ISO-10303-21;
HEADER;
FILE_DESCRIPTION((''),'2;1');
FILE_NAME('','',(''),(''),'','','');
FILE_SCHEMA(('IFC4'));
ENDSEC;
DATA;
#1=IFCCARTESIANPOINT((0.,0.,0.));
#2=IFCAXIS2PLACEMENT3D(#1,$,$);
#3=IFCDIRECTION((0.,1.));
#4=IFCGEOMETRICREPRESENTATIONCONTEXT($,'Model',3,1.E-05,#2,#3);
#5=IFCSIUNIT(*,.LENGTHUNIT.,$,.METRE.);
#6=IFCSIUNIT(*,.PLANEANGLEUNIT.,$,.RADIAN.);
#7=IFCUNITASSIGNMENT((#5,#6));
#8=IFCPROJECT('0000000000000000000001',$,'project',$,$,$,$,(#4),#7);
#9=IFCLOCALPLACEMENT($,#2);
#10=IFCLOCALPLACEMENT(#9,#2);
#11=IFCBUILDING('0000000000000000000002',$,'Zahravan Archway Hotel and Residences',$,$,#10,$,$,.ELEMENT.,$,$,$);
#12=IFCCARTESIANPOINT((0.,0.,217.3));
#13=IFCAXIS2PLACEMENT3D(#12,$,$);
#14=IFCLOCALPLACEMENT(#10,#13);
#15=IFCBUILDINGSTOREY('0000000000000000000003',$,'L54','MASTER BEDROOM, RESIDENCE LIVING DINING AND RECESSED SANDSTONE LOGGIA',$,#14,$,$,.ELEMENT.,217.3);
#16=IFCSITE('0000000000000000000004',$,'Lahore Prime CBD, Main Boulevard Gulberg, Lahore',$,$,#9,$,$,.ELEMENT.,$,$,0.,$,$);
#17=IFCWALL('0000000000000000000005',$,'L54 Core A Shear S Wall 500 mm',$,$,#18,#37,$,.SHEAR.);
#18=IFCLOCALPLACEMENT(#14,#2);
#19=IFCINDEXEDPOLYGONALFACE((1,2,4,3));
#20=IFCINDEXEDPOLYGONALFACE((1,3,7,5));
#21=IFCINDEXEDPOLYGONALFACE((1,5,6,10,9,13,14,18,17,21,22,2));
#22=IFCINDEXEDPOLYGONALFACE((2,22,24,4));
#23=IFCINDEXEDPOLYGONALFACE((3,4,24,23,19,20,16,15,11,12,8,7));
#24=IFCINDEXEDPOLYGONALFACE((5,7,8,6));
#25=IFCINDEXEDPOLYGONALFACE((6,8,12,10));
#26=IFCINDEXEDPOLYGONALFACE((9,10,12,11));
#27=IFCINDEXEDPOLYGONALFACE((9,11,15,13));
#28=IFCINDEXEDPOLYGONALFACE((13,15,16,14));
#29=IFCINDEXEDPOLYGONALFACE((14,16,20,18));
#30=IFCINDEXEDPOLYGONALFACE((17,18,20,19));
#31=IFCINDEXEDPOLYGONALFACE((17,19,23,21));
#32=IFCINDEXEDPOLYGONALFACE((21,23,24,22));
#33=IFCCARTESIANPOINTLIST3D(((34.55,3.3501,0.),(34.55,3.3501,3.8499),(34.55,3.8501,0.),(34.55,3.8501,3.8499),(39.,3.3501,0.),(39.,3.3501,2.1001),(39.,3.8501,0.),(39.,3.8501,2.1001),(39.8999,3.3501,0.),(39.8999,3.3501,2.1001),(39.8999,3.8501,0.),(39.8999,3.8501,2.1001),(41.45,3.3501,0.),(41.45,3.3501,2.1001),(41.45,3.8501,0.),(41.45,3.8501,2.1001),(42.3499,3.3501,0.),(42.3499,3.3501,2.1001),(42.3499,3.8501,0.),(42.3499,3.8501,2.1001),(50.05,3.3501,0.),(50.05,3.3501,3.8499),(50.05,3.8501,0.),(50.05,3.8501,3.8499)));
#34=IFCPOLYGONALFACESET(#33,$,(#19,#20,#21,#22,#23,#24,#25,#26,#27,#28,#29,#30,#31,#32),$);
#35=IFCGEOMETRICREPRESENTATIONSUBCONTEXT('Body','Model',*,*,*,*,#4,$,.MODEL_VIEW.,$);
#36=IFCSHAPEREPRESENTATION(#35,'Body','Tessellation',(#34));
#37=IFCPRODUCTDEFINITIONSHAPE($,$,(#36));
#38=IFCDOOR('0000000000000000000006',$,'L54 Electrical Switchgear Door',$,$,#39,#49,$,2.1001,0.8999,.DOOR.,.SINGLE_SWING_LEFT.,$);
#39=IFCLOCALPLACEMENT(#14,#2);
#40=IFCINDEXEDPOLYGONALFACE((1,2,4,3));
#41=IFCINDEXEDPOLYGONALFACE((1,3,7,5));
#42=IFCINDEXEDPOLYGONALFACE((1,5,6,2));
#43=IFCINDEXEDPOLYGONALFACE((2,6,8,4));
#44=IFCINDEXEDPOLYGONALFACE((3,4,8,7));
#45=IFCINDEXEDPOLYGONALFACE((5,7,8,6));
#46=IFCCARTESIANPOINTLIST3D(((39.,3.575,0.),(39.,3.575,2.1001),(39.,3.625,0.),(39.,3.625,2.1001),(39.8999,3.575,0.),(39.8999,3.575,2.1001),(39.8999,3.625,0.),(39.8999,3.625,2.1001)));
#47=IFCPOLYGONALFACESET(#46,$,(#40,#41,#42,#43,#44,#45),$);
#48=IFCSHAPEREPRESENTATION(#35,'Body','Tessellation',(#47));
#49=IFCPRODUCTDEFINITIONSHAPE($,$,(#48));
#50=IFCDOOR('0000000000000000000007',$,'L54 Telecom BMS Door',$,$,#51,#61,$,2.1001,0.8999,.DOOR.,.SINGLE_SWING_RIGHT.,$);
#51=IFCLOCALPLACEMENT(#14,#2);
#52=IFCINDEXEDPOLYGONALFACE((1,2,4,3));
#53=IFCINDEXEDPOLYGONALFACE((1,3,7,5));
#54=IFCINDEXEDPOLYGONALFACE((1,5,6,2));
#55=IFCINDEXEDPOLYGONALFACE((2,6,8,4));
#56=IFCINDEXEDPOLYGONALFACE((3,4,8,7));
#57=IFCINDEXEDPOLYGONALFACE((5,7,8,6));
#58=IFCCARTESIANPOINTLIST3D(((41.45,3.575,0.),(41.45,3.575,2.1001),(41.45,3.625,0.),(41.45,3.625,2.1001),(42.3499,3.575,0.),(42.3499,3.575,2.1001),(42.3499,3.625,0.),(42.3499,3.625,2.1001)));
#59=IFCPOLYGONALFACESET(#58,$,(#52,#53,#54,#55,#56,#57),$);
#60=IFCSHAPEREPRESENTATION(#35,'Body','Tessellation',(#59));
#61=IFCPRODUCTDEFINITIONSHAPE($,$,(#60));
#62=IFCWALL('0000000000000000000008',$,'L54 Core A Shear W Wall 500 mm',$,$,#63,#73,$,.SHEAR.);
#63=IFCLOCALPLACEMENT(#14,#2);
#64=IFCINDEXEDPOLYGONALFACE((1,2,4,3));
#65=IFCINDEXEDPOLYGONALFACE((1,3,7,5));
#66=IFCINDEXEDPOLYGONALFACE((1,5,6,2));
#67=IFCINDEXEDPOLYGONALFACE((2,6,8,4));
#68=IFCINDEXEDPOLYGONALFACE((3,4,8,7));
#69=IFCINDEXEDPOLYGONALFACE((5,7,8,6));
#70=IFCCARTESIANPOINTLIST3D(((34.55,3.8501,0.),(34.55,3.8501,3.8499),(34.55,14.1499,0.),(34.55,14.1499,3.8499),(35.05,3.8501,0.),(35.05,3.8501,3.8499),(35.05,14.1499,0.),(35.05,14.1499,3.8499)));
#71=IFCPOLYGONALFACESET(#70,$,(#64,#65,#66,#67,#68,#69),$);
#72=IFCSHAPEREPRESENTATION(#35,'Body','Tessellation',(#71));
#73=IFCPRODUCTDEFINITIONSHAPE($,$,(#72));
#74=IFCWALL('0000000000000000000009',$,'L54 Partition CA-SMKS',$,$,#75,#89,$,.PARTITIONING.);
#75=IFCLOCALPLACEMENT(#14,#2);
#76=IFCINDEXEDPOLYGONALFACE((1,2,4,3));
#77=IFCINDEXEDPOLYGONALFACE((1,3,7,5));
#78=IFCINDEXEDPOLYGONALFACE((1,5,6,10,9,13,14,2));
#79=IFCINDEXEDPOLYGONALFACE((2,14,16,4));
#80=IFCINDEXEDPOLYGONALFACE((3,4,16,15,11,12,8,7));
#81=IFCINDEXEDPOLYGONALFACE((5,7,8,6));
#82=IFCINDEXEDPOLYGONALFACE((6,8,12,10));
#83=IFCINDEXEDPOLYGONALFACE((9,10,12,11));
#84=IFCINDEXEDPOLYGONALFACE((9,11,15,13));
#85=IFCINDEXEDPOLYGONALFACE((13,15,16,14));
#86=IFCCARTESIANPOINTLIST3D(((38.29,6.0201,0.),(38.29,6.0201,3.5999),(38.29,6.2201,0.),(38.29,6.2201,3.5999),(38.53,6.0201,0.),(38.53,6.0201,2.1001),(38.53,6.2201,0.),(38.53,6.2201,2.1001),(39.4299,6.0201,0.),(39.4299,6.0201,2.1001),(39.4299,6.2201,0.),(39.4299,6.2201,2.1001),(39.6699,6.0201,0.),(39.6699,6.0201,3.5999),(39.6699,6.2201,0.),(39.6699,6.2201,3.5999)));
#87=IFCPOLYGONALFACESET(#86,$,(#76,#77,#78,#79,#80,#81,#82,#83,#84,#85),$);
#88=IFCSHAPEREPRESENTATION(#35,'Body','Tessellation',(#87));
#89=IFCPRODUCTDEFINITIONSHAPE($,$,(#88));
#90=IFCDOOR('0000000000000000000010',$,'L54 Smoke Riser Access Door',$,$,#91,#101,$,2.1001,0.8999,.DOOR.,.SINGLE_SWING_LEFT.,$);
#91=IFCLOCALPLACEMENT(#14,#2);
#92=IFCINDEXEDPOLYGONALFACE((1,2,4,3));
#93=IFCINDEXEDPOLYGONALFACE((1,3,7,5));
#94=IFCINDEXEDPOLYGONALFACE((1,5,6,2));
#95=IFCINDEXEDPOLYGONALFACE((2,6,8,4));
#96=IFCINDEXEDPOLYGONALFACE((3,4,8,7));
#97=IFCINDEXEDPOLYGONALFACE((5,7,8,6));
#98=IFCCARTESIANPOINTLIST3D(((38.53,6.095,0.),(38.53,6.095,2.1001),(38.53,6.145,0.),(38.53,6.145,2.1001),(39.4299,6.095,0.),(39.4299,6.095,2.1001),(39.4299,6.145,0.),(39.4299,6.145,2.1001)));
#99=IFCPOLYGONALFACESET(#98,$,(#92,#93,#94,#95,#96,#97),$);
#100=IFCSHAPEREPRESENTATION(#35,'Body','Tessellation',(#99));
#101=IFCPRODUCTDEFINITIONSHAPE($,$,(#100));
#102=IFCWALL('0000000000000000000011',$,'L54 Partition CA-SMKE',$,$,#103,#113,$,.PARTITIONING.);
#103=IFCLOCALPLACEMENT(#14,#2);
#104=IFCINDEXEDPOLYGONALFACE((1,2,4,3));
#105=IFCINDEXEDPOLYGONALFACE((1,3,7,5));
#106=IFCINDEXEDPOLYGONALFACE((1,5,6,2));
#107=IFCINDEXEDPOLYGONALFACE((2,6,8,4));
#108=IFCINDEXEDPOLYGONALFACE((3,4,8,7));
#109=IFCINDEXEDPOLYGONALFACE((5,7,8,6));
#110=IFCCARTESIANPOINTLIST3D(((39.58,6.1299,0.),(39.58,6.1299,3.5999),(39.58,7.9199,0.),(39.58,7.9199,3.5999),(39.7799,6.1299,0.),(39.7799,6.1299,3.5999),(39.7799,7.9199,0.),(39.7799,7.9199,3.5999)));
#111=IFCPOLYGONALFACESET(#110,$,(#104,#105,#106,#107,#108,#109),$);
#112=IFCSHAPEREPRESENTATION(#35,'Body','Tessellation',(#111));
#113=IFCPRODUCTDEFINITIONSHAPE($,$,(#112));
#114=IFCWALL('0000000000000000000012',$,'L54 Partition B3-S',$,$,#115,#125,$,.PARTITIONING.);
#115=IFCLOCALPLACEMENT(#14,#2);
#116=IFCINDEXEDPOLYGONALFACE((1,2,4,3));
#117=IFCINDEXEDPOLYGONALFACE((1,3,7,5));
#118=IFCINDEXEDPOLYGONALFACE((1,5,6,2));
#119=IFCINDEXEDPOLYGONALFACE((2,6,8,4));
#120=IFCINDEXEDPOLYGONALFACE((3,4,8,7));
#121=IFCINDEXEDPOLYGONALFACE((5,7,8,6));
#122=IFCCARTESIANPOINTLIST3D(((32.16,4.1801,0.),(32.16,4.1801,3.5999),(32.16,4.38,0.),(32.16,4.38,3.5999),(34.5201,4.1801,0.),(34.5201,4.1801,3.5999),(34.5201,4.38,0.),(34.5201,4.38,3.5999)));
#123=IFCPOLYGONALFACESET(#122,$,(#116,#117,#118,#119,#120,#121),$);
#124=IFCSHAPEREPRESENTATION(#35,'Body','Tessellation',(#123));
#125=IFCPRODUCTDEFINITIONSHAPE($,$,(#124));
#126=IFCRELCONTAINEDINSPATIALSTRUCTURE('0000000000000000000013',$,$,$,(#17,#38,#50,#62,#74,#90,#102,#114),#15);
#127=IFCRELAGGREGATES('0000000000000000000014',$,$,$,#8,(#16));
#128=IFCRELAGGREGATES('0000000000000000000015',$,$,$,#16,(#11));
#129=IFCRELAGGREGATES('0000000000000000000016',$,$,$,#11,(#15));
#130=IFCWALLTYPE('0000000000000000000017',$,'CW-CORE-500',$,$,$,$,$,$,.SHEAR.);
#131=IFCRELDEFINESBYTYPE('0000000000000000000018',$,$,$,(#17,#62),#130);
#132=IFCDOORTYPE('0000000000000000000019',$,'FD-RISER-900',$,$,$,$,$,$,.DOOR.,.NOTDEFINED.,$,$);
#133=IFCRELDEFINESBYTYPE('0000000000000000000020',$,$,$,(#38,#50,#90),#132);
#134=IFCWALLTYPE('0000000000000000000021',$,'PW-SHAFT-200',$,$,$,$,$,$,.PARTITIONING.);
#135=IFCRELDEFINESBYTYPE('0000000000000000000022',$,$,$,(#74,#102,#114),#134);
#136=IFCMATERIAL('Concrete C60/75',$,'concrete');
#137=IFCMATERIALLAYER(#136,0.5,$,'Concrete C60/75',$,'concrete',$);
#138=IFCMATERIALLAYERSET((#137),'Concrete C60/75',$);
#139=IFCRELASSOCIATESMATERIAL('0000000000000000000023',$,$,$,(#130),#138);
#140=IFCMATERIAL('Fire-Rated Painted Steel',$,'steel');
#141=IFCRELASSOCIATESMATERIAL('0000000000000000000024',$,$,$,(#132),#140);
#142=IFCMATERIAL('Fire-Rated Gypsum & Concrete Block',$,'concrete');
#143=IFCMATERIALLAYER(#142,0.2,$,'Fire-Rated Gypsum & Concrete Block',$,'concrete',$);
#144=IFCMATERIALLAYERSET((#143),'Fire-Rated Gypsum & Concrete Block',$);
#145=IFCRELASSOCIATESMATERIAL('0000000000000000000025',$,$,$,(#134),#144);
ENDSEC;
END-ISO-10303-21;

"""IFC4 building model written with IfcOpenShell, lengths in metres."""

from ifc_helpers import new_model, si_unit, direction, frame, frame_2d, origin, place, context, subcontext, project, spatial, rectangle, extrude, source, transform, mapped, material, layer, layer_set, type_object, type_shapes, element, fill, save


model = new_model("IFC4")

# Units and contexts
model_context = context("Model", 3, precision=1e-05, world=origin(), true_north=direction((0.0, 1.0)))
body_context = subcontext(model_context, "Body", "Model", "MODEL_VIEW")
ifc_project = project(units=[si_unit("LENGTHUNIT", "METRE"), si_unit("PLANEANGLEUNIT", "RADIAN")], contexts=[model_context])

# Site, building, storey
site_placement = place(None, origin())
site = spatial("IfcSite", under=ifc_project, at=site_placement, Name="Lahore Prime CBD, Main Boulevard Gulberg, Lahore", CompositionType="ELEMENT", RefElevation=0.0)
building_placement = place(site_placement, origin())
building = spatial("IfcBuilding", under=site, at=building_placement, Name="Zahravan Archway Hotel and Residences", CompositionType="ELEMENT")
storey_placement = place(building_placement, frame((0.0, 0.0, 217.3)))
storey = spatial("IfcBuildingStorey", under=building, at=storey_placement, Name="L54", Description="MASTER BEDROOM, RESIDENCE LIVING DINING AND RECESSED SANDSTONE LOGGIA", CompositionType="ELEMENT", Elevation=217.3)

# Shared definitions
ifc_material_1 = material(Name="Concrete C60/75", Category="concrete")

# Wall, openings, doors
ifc_layer_1 = layer(ifc_material_1, 0.5, Name="Concrete C60/75", Category="concrete")
ifc_layer_set_1 = layer_set([ifc_layer_1], Name="Concrete C60/75")
wall_type_1 = type_object("IfcWallType", Name="CW-CORE-500", PredefinedType="SHEAR", material=ifc_layer_set_1)
wall_1_placement = place(storey_placement, frame((34.55, 3.6001, 0.0), z_axis=(0.0, 0.0, 1.0), x_axis=(1.0, 0.0, 0.0)))
wall_1 = element("IfcWall", 1, at=wall_1_placement, inside=storey, type_object=wall_type_1, Name="L54 Core A Shear S Wall 500 mm", PredefinedType="SHEAR", context=body_context, shape_type="SweptSolid", body=[
    extrude(rectangle(XDim=15.5, YDim=0.5, at=frame_2d((7.75, 0.0))), origin(), (0.0, 0.0, 1.0), 3.8499),
])
opening_1_placement = place(wall_1_placement, frame((4.45, 0.0, 0.0)))
opening_1 = element("IfcOpeningElement", 2, at=opening_1_placement, cuts=wall_1, PredefinedType="OPENING", context=body_context, shape_type="SweptSolid", body=[
    extrude(rectangle(XDim=0.8999, YDim=2.1001, at=frame_2d((0.45, 1.05))), frame((0.0, 0.26, 0.0), z_axis=(0.0, -1.0, 0.0), x_axis=(1.0, 0.0, 0.0)), (0.0, 0.0, 1.0), 0.52),
])
opening_2_placement = place(wall_1_placement, frame((6.8999, 0.0, 0.0)))
opening_2 = element("IfcOpeningElement", 3, at=opening_2_placement, cuts=wall_1, PredefinedType="OPENING", context=body_context, shape_type="SweptSolid", body=[
    extrude(rectangle(XDim=0.8999, YDim=2.1001, at=frame_2d((0.45, 1.05))), frame((0.0, 0.26, 0.0), z_axis=(0.0, -1.0, 0.0), x_axis=(1.0, 0.0, 0.0)), (0.0, 0.0, 1.0), 0.52),
])
ifc_material_2 = material(Name="Fire-Rated Painted Steel", Category="steel")
door_type_1 = type_object("IfcDoorType", Name="FD-RISER-900", OperationType="NOTDEFINED", PredefinedType="DOOR", material=ifc_material_2)
shared_shape_1 = source(origin(), body_context, "Body", "SweptSolid", [
    extrude(rectangle(XDim=0.8999, YDim=2.1001, at=frame_2d((0.45, 1.05))), frame((0.0, 0.0249, 0.0), z_axis=(0.0, -1.0, 0.0), x_axis=(1.0, 0.0, 0.0)), (0.0, 0.0, 1.0), 0.05),
])
type_shapes(door_type_1, [shared_shape_1])
door_1_placement = place(opening_1_placement, origin())
door_1 = element("IfcDoor", 4, at=door_1_placement, inside=storey, type_object=door_type_1, Name="L54 Electrical Switchgear Door", OperationType="SINGLE_SWING_LEFT", OverallHeight=2.1001, OverallWidth=0.8999, PredefinedType="DOOR", context=body_context, shape_type="MappedRepresentation", body=[
    mapped(shared_shape_1, transform((0.0, 0.0, 0.0), scale=1.0)),
])
fill(opening_1, door_1)
door_2_placement = place(opening_2_placement, origin())
door_2 = element("IfcDoor", 5, at=door_2_placement, inside=storey, type_object=door_type_1, Name="L54 Telecom BMS Door", OperationType="SINGLE_SWING_RIGHT", OverallHeight=2.1001, OverallWidth=0.8999, PredefinedType="DOOR", context=body_context, shape_type="MappedRepresentation", body=[
    mapped(shared_shape_1, transform((0.0, 0.0, 0.0), scale=1.0)),
])
fill(opening_2, door_2)

# Wall
wall_2_placement = place(storey_placement, frame((34.8, 3.8501, 0.0), z_axis=(0.0, 0.0, 1.0), x_axis=(0.0, 1.0, 0.0)))
element("IfcWall", 6, at=wall_2_placement, inside=storey, type_object=wall_type_1, Name="L54 Core A Shear W Wall 500 mm", PredefinedType="SHEAR", context=body_context, shape_type="SweptSolid", body=[
    extrude(rectangle(XDim=10.2998, YDim=0.5, at=frame_2d((5.1499, 0.0))), origin(), (0.0, 0.0, 1.0), 3.8499),
])

# Wall, opening, door
ifc_material_3 = material(Name="Fire-Rated Gypsum & Concrete Block", Category="concrete")
ifc_layer_2 = layer(ifc_material_3, 0.2, Name="Fire-Rated Gypsum & Concrete Block", Category="concrete")
ifc_layer_set_2 = layer_set([ifc_layer_2], Name="Fire-Rated Gypsum & Concrete Block")
wall_type_2 = type_object("IfcWallType", Name="PW-SHAFT-200", PredefinedType="PARTITIONING", material=ifc_layer_set_2)
wall_3_placement = place(storey_placement, frame((38.29, 6.1201, 0.0), z_axis=(0.0, 0.0, 1.0), x_axis=(1.0, 0.0, 0.0)))
wall_3 = element("IfcWall", 7, at=wall_3_placement, inside=storey, type_object=wall_type_2, Name="L54 Partition CA-SMKS", PredefinedType="PARTITIONING", context=body_context, shape_type="SweptSolid", body=[
    extrude(rectangle(XDim=1.3799, YDim=0.2, at=frame_2d((0.6899, 0.0))), origin(), (0.0, 0.0, 1.0), 3.5999),
])
opening_3_placement = place(wall_3_placement, frame((0.24, 0.0, 0.0)))
opening_3 = element("IfcOpeningElement", 8, at=opening_3_placement, cuts=wall_3, PredefinedType="OPENING", context=body_context, shape_type="SweptSolid", body=[
    extrude(rectangle(XDim=0.8999, YDim=2.1001, at=frame_2d((0.45, 1.05))), frame((0.0, 0.1099, 0.0), z_axis=(0.0, -1.0, 0.0), x_axis=(1.0, 0.0, 0.0)), (0.0, 0.0, 1.0), 0.22),
])
door_3_placement = place(opening_3_placement, origin())
door_3 = element("IfcDoor", 9, at=door_3_placement, inside=storey, type_object=door_type_1, Name="L54 Smoke Riser Access Door", OperationType="SINGLE_SWING_LEFT", OverallHeight=2.1001, OverallWidth=0.8999, PredefinedType="DOOR", context=body_context, shape_type="MappedRepresentation", body=[
    mapped(shared_shape_1, transform((0.0, 0.0, 0.0), scale=1.0)),
])
fill(opening_3, door_3)

# Walls
wall_4_placement = place(storey_placement, frame((39.6799, 6.1299, 0.0), z_axis=(0.0, 0.0, 1.0), x_axis=(0.0, 1.0, 0.0)))
element("IfcWall", 10, at=wall_4_placement, inside=storey, type_object=wall_type_2, Name="L54 Partition CA-SMKE", PredefinedType="PARTITIONING", context=body_context, shape_type="SweptSolid", body=[
    extrude(rectangle(XDim=1.79, YDim=0.2, at=frame_2d((0.895, 0.0))), origin(), (0.0, 0.0, 1.0), 3.5999),
])
wall_5_placement = place(storey_placement, frame((32.1599, 4.28, 0.0), z_axis=(0.0, 0.0, 1.0), x_axis=(1.0, 0.0, 0.0)))
element("IfcWall", 11, at=wall_5_placement, inside=storey, type_object=wall_type_2, Name="L54 Partition B3-S", PredefinedType="PARTITIONING", context=body_context, shape_type="SweptSolid", body=[
    extrude(rectangle(XDim=2.3601, YDim=0.2, at=frame_2d((1.1802, 0.0))), origin(), (0.0, 0.0, 1.0), 3.5999),
])

save(model, "model.ifc")
